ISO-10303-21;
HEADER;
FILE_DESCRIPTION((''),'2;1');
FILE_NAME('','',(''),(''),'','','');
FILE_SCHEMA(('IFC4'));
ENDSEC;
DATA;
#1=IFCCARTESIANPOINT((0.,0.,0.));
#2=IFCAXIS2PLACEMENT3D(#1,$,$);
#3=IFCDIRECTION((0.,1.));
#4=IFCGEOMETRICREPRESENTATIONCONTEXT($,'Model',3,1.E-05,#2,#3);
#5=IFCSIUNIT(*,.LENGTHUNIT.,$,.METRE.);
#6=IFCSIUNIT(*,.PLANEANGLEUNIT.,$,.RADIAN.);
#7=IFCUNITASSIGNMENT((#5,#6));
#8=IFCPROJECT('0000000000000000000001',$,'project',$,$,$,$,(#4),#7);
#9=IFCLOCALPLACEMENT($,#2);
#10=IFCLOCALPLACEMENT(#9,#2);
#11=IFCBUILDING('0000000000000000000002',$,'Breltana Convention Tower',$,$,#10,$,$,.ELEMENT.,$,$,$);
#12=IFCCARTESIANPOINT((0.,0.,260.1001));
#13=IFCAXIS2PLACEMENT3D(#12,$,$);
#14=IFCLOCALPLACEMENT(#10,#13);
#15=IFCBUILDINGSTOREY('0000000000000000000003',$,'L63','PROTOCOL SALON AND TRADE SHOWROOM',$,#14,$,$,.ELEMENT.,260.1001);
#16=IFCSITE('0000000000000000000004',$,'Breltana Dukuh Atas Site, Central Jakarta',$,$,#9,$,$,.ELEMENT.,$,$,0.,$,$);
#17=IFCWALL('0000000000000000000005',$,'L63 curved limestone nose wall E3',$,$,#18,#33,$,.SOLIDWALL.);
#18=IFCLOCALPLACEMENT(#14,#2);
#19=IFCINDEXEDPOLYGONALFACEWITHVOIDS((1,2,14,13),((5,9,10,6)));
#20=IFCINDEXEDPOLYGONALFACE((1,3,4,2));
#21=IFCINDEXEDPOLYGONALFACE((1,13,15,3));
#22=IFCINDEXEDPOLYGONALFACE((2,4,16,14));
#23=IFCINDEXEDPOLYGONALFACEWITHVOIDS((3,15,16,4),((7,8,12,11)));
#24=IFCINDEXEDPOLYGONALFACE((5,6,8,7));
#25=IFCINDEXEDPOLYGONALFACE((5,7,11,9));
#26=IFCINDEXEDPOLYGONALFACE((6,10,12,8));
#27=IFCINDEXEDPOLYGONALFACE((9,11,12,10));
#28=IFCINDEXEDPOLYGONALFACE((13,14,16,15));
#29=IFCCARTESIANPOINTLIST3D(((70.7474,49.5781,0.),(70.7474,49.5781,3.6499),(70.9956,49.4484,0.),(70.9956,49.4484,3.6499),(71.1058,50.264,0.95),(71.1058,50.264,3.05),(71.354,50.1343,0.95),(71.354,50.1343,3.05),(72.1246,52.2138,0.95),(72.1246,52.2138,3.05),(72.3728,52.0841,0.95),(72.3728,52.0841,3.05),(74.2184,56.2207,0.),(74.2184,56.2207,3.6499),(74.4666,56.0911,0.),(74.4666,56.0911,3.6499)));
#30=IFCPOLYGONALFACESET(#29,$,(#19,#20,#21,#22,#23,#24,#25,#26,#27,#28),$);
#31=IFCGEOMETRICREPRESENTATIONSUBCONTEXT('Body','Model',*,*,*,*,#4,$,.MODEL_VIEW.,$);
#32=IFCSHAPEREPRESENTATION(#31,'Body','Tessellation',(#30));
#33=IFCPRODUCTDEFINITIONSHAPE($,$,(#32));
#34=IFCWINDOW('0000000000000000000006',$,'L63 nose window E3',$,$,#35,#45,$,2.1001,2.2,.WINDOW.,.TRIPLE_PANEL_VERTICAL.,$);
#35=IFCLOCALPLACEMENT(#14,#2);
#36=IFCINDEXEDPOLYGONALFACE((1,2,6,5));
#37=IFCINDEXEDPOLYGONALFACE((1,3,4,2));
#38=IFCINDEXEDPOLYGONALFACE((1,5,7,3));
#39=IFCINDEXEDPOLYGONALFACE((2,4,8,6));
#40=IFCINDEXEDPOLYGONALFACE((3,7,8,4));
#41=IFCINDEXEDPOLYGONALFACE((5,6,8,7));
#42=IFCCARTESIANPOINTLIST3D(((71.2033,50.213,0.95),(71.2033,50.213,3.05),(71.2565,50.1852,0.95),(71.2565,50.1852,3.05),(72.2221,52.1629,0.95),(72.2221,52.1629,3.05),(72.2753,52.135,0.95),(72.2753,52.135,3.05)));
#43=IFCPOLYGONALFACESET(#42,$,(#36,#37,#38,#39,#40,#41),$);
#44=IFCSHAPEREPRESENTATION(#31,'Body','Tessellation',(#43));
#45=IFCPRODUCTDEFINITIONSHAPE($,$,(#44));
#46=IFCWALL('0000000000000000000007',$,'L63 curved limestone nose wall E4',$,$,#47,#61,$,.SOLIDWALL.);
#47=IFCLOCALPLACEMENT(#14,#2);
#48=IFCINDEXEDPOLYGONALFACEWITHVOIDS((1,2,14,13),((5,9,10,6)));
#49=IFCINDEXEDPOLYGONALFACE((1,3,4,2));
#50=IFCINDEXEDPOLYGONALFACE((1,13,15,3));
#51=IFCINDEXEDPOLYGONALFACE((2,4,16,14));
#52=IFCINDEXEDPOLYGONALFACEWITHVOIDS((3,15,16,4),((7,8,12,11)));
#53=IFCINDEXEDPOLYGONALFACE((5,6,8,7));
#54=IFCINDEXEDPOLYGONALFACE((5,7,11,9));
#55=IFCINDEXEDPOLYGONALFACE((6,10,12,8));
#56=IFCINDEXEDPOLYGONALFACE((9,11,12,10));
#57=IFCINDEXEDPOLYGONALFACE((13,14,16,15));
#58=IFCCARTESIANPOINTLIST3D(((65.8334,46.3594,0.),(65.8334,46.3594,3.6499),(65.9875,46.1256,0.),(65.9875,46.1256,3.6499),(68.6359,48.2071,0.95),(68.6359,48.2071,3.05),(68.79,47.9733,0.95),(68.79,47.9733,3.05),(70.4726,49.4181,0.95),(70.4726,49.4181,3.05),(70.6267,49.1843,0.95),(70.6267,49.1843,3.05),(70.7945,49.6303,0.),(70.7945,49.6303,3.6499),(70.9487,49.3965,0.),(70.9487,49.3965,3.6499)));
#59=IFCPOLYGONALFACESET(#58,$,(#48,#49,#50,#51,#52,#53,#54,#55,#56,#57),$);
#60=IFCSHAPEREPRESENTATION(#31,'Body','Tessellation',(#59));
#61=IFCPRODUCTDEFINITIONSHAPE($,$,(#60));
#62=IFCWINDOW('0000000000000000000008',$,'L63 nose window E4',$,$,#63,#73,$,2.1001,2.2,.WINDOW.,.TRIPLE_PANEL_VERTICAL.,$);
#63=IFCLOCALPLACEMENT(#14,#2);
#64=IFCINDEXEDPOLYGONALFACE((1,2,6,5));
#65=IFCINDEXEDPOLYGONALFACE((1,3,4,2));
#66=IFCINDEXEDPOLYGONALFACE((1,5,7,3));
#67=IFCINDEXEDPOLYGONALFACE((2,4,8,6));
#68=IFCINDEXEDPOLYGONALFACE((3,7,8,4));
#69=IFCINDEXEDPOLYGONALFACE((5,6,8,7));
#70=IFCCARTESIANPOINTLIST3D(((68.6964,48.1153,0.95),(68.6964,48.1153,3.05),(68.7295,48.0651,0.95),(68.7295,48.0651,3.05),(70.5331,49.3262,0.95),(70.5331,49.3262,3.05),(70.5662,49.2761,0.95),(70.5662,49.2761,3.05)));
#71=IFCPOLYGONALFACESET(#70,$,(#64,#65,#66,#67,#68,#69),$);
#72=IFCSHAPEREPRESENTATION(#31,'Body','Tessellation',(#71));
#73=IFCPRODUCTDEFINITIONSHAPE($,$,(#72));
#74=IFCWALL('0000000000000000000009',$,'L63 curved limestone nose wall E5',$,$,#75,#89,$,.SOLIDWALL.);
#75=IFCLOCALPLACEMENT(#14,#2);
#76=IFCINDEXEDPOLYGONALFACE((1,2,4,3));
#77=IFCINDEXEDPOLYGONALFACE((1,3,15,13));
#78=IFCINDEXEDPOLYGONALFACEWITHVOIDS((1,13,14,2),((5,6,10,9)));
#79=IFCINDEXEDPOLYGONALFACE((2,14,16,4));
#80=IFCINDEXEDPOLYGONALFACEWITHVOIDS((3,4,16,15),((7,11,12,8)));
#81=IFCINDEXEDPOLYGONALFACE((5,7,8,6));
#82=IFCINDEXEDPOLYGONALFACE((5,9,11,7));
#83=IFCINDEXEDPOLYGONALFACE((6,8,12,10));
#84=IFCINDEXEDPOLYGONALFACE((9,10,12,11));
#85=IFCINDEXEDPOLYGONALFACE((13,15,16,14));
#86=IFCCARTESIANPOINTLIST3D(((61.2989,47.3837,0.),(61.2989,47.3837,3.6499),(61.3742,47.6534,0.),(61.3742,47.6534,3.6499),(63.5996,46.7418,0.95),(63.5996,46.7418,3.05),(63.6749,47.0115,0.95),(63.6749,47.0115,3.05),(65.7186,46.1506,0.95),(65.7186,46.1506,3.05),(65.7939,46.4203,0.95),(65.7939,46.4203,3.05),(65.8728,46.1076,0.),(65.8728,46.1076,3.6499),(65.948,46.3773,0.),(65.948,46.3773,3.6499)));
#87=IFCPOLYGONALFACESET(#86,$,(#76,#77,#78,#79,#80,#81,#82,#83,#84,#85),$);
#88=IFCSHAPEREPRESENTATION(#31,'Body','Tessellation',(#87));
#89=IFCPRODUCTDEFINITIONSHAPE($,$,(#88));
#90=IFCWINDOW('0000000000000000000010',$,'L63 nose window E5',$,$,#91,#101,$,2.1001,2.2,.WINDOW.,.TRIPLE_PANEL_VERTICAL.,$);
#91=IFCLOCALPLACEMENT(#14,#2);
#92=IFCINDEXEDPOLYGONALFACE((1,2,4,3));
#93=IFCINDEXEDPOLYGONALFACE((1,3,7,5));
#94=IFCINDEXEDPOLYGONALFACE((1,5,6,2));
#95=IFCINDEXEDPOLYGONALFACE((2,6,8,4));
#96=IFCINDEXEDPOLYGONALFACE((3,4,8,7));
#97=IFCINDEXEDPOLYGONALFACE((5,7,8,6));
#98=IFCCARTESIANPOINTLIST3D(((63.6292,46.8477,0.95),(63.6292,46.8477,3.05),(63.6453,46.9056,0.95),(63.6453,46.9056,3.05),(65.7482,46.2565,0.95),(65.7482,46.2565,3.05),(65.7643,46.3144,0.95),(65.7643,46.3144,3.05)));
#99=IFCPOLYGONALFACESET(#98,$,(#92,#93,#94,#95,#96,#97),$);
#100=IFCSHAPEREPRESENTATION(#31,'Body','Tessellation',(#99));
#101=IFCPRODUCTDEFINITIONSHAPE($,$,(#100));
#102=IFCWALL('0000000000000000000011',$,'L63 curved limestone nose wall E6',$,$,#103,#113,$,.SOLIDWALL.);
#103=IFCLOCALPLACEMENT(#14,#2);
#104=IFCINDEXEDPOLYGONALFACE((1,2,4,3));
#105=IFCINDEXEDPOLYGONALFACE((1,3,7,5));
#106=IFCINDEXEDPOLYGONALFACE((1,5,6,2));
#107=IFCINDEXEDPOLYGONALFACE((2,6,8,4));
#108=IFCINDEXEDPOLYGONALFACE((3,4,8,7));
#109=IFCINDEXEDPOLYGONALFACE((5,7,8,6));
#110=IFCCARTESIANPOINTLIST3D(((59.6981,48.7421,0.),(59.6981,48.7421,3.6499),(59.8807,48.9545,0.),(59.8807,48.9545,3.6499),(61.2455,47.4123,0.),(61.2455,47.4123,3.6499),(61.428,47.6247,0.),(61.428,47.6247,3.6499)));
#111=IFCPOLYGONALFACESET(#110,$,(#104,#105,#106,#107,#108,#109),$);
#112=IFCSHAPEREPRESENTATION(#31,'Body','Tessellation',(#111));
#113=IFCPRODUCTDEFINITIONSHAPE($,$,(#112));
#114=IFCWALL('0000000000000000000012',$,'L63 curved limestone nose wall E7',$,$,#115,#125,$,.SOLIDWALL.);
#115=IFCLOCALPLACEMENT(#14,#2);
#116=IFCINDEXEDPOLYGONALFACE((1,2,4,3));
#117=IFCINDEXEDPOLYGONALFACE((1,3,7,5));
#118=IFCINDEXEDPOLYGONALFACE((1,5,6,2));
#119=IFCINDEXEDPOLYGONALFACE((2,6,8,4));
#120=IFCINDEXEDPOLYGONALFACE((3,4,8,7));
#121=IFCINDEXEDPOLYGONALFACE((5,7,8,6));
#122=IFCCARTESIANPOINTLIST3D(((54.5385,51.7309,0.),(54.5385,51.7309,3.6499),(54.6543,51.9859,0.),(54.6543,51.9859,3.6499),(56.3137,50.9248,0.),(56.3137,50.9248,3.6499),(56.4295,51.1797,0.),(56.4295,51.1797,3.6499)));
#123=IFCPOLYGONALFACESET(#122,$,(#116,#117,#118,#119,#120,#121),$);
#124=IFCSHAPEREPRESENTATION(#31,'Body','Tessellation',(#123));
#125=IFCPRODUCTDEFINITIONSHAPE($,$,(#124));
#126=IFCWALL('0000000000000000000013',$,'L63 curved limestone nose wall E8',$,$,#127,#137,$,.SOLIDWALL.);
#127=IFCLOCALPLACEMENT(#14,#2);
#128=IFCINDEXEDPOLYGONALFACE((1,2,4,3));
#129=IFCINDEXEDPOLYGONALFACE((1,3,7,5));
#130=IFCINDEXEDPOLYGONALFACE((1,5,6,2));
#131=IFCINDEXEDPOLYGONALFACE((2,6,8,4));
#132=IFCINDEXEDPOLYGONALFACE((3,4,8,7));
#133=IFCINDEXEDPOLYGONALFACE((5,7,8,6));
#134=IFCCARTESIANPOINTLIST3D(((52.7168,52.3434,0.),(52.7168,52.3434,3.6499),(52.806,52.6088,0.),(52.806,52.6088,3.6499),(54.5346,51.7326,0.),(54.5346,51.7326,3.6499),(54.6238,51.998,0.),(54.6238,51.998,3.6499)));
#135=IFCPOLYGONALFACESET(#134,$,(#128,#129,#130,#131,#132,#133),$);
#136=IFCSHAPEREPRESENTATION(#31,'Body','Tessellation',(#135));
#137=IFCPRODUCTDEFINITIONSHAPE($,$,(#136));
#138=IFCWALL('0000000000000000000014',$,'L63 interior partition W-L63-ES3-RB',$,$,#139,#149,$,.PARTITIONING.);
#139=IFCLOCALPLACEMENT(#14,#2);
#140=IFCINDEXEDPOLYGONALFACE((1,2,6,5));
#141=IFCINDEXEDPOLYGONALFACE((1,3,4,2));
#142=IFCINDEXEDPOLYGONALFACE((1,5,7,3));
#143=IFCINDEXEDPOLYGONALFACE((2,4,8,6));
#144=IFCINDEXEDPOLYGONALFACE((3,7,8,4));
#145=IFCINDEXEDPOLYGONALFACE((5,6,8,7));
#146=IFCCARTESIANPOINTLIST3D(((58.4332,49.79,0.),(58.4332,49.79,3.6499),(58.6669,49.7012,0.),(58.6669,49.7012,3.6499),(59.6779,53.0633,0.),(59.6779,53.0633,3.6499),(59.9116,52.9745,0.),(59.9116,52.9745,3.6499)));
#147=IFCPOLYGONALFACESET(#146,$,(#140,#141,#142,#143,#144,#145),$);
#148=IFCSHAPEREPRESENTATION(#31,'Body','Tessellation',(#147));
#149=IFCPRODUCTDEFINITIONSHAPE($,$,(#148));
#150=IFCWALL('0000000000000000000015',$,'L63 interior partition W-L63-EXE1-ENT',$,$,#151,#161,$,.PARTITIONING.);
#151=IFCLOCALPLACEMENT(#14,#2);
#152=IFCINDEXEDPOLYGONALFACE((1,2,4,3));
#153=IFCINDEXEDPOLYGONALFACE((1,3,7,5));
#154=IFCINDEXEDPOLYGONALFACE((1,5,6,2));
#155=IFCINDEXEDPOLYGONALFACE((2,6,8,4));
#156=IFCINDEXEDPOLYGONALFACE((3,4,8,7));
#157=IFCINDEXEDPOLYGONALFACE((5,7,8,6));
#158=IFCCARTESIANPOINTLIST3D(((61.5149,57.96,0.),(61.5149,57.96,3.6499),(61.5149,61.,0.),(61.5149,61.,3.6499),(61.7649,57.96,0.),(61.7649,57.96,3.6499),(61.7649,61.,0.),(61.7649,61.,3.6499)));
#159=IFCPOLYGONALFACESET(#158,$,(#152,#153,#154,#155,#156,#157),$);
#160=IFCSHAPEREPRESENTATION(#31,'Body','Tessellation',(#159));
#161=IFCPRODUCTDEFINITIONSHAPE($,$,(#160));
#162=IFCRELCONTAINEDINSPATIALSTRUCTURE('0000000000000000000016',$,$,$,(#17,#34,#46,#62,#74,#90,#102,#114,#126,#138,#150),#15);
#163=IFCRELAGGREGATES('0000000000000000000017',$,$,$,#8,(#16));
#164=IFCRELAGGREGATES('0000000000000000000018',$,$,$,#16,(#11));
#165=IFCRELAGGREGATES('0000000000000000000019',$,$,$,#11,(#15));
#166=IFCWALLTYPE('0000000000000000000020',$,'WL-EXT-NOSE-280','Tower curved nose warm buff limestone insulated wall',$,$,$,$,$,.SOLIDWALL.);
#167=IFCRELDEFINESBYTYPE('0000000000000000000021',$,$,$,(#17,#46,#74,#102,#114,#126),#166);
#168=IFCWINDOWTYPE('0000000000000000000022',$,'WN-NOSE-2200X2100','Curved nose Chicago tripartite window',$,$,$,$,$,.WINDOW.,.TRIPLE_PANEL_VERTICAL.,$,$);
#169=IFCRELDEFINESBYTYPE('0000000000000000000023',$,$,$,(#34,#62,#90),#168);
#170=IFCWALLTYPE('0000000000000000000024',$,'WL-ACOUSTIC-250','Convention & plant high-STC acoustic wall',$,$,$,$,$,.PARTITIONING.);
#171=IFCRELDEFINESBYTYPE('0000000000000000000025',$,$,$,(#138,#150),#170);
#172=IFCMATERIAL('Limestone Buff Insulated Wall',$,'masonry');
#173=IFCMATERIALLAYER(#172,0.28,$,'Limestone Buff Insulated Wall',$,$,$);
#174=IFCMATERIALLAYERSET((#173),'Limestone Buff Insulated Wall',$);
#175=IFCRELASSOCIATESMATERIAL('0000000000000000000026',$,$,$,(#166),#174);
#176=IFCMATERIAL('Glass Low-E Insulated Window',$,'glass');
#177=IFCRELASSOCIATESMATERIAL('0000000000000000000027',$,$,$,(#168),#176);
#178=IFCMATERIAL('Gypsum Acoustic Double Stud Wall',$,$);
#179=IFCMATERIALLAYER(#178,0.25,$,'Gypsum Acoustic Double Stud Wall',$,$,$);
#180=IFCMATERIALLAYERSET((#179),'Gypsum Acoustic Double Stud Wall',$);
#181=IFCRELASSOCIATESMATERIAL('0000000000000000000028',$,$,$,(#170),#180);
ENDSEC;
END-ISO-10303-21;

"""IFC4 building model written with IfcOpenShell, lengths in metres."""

from ifc_helpers import new_model, si_unit, direction, frame, frame_2d, origin, place, context, subcontext, project, spatial, rectangle, extrude, source, transform, mapped, material, layer, layer_set, type_object, type_shapes, element, fill, save


model = new_model("IFC4")

# Units and contexts
model_context = context("Model", 3, precision=1e-05, world=origin(), true_north=direction((0.0, 1.0)))
body_context = subcontext(model_context, "Body", "Model", "MODEL_VIEW")
ifc_project = project(units=[si_unit("LENGTHUNIT", "METRE"), si_unit("PLANEANGLEUNIT", "RADIAN")], contexts=[model_context])

# Site, building, storey
site_placement = place(None, origin())
site = spatial("IfcSite", under=ifc_project, at=site_placement, Name="Breltana Dukuh Atas Site, Central Jakarta", CompositionType="ELEMENT", RefElevation=0.0)
building_placement = place(site_placement, origin())
building = spatial("IfcBuilding", under=site, at=building_placement, Name="Breltana Convention Tower", CompositionType="ELEMENT")
storey_placement = place(building_placement, frame((0.0, 0.0, 260.1001)))
storey = spatial("IfcBuildingStorey", under=building, at=storey_placement, Name="L63", Description="PROTOCOL SALON AND TRADE SHOWROOM", CompositionType="ELEMENT", Elevation=260.1001)

# Walls, openings, windows
ifc_material_1 = material(Name="Limestone Buff Insulated Wall", Category="masonry")
ifc_layer_1 = layer(ifc_material_1, 0.28, Name="Limestone Buff Insulated Wall")
ifc_layer_set_1 = layer_set([ifc_layer_1], Name="Limestone Buff Insulated Wall")
wall_type_1 = type_object("IfcWallType", Name="WL-EXT-NOSE-280", Description="Tower curved nose warm buff limestone insulated wall", PredefinedType="SOLIDWALL", material=ifc_layer_set_1)
shared_shape_1 = source(origin(), body_context, "Body", "SweptSolid", [
    extrude(rectangle(XDim=7.4949, YDim=0.28, at=frame_2d((3.7476, 0.0))), origin(), (0.0, 0.0, 1.0), 3.6499),
])
wall_1_placement = place(storey_placement, frame((74.3425, 56.156, 0.0), z_axis=(0.0, 0.0, 1.0), x_axis=(-0.463117, -0.886297, 0.0)))
wall_1 = element("IfcWall", 1, at=wall_1_placement, inside=storey, type_object=wall_type_1, Name="L63 curved limestone nose wall E3", PredefinedType="SOLIDWALL", context=body_context, shape_type="MappedRepresentation", body=[
    mapped(shared_shape_1, transform((0.0, 0.0, 0.0), scale=1.0)),
])
opening_1_placement = place(wall_1_placement, frame((4.521, 0.0, 0.95)))
opening_1 = element("IfcOpeningElement", 2, at=opening_1_placement, cuts=wall_1, PredefinedType="OPENING", context=body_context, shape_type="SweptSolid", body=[
    extrude(rectangle(XDim=2.2, YDim=2.1001, at=frame_2d((1.1001, 1.05))), frame((0.0, 0.1499, 0.0), z_axis=(0.0, -1.0, 0.0), x_axis=(1.0, 0.0, 0.0)), (0.0, 0.0, 1.0), 0.3),
])
ifc_material_2 = material(Name="Glass Low-E Insulated Window", Category="glass")
window_type = type_object("IfcWindowType", Name="WN-NOSE-2200X2100", Description="Curved nose Chicago tripartite window", PartitioningType="TRIPLE_PANEL_VERTICAL", PredefinedType="WINDOW", material=ifc_material_2)
shared_shape_2 = source(origin(), body_context, "Body", "SweptSolid", [
    extrude(rectangle(XDim=2.2, YDim=2.1001, at=frame_2d((1.1001, 1.05))), frame((0.0, 0.03, 0.0), z_axis=(0.0, -1.0, 0.0), x_axis=(1.0, 0.0, 0.0)), (0.0, 0.0, 1.0), 0.0601),
])
type_shapes(window_type, [shared_shape_2])
window_1_placement = place(opening_1_placement, origin())
window_1 = element("IfcWindow", 3, at=window_1_placement, inside=storey, type_object=window_type, Name="L63 nose window E3", OverallHeight=2.1001, OverallWidth=2.2, PartitioningType="TRIPLE_PANEL_VERTICAL", PredefinedType="WINDOW", context=body_context, shape_type="MappedRepresentation", body=[
    mapped(shared_shape_2, transform((0.0, 0.0, 0.0), scale=1.0)),
])
fill(opening_1, window_1)
shared_shape_3 = source(origin(), body_context, "Body", "SweptSolid", [
    extrude(rectangle(XDim=5.9424, YDim=0.28, at=frame_2d((2.9712, 0.0))), origin(), (0.0, 0.0, 1.0), 3.6499),
])
wall_2_placement = place(storey_placement, frame((70.8716, 49.5134, 0.0), z_axis=(0.0, 0.0, 1.0), x_axis=(-0.834871, -0.550445, 0.0)))
wall_2 = element("IfcWall", 4, at=wall_2_placement, inside=storey, type_object=wall_type_1, Name="L63 curved limestone nose wall E4", PredefinedType="SOLIDWALL", context=body_context, shape_type="MappedRepresentation", body=[
    mapped(shared_shape_3, transform((0.0, 0.0, 0.0), scale=1.0)),
])
opening_2_placement = place(wall_2_placement, frame((0.3855, 0.0, 0.95)))
opening_2 = element("IfcOpeningElement", 5, at=opening_2_placement, cuts=wall_2, PredefinedType="OPENING", context=body_context, shape_type="SweptSolid", body=[
    extrude(rectangle(XDim=2.2, YDim=2.1001, at=frame_2d((1.1001, 1.05))), frame((0.0, 0.1499, 0.0), z_axis=(0.0, -1.0, 0.0), x_axis=(1.0, 0.0, 0.0)), (0.0, 0.0, 1.0), 0.3),
])
window_2_placement = place(opening_2_placement, origin())
window_2 = element("IfcWindow", 6, at=window_2_placement, inside=storey, type_object=window_type, Name="L63 nose window E4", OverallHeight=2.1001, OverallWidth=2.2, PartitioningType="TRIPLE_PANEL_VERTICAL", PredefinedType="WINDOW", context=body_context, shape_type="MappedRepresentation", body=[
    mapped(shared_shape_2, transform((0.0, 0.0, 0.0), scale=1.0)),
])
fill(opening_2, window_2)
shared_shape_4 = source(origin(), body_context, "Body", "SweptSolid", [
    extrude(rectangle(XDim=4.7485, YDim=0.28, at=frame_2d((2.3743, 0.0))), origin(), (0.0, 0.0, 1.0), 3.6499),
])
wall_3_placement = place(storey_placement, frame((65.9104, 46.2424, 0.0), z_axis=(0.0, 0.0, 1.0), x_axis=(-0.963211, 0.268747, 0.0)))
wall_3 = element("IfcWall", 7, at=wall_3_placement, inside=storey, type_object=wall_type_1, Name="L63 curved limestone nose wall E5", PredefinedType="SOLIDWALL", context=body_context, shape_type="MappedRepresentation", body=[
    mapped(shared_shape_4, transform((0.0, 0.0, 0.0), scale=1.0)),
])
opening_3_placement = place(wall_3_placement, frame((0.1599, 0.0, 0.95)))
opening_3 = element("IfcOpeningElement", 8, at=opening_3_placement, cuts=wall_3, PredefinedType="OPENING", context=body_context, shape_type="SweptSolid", body=[
    extrude(rectangle(XDim=2.2, YDim=2.1001, at=frame_2d((1.1001, 1.05))), frame((0.0, 0.1499, 0.0), z_axis=(0.0, -1.0, 0.0), x_axis=(1.0, 0.0, 0.0)), (0.0, 0.0, 1.0), 0.3),
])
window_3_placement = place(opening_3_placement, origin())
window_3 = element("IfcWindow", 9, at=window_3_placement, inside=storey, type_object=window_type, Name="L63 nose window E5", OverallHeight=2.1001, OverallWidth=2.2, PartitioningType="TRIPLE_PANEL_VERTICAL", PredefinedType="WINDOW", context=body_context, shape_type="MappedRepresentation", body=[
    mapped(shared_shape_2, transform((0.0, 0.0, 0.0), scale=1.0)),
])
fill(opening_3, window_3)

# Walls
shared_shape_5 = source(origin(), body_context, "Body", "SweptSolid", [
    extrude(rectangle(XDim=2.0403, YDim=0.28, at=frame_2d((1.02, 0.0))), origin(), (0.0, 0.0, 1.0), 3.6499),
])
wall_4_placement = place(storey_placement, frame((61.3367, 47.5186, 0.0), z_axis=(0.0, 0.0, 1.0), x_axis=(-0.758403, 0.651786, 0.0)))
element("IfcWall", 10, at=wall_4_placement, inside=storey, type_object=wall_type_1, Name="L63 curved limestone nose wall E6", PredefinedType="SOLIDWALL", context=body_context, shape_type="MappedRepresentation", body=[
    mapped(shared_shape_5, transform((0.0, 0.0, 0.0), scale=1.0)),
])
shared_shape_6 = source(origin(), body_context, "Body", "SweptSolid", [
    extrude(rectangle(XDim=1.9497, YDim=0.28, at=frame_2d((0.9749, 0.0))), origin(), (0.0, 0.0, 1.0), 3.6499),
])
wall_5_placement = place(storey_placement, frame((56.3716, 51.0522, 0.0), z_axis=(0.0, 0.0, 1.0), x_axis=(-0.910508, 0.413492, 0.0)))
element("IfcWall", 11, at=wall_5_placement, inside=storey, type_object=wall_type_1, Name="L63 curved limestone nose wall E7", PredefinedType="SOLIDWALL", context=body_context, shape_type="MappedRepresentation", body=[
    mapped(shared_shape_6, transform((0.0, 0.0, 0.0), scale=1.0)),
])
shared_shape_7 = source(origin(), body_context, "Body", "SweptSolid", [
    extrude(rectangle(XDim=1.9177, YDim=0.28, at=frame_2d((0.959, 0.0))), origin(), (0.0, 0.0, 1.0), 3.6499),
])
wall_6_placement = place(storey_placement, frame((54.5793, 51.8652, 0.0), z_axis=(0.0, 0.0, 1.0), x_axis=(-0.947917, 0.318518, 0.0)))
element("IfcWall", 12, at=wall_6_placement, inside=storey, type_object=wall_type_1, Name="L63 curved limestone nose wall E8", PredefinedType="SOLIDWALL", context=body_context, shape_type="MappedRepresentation", body=[
    mapped(shared_shape_7, transform((0.0, 0.0, 0.0), scale=1.0)),
])
ifc_material_3 = material(Name="Gypsum Acoustic Double Stud Wall")
ifc_layer_2 = layer(ifc_material_3, 0.25, Name="Gypsum Acoustic Double Stud Wall")
ifc_layer_set_2 = layer_set([ifc_layer_2], Name="Gypsum Acoustic Double Stud Wall")
wall_type_2 = type_object("IfcWallType", Name="WL-ACOUSTIC-250", Description="Convention & plant high-STC acoustic wall", PredefinedType="PARTITIONING", material=ifc_layer_set_2)
shared_shape_8 = source(origin(), body_context, "Body", "SweptSolid", [
    extrude(rectangle(XDim=3.502, YDim=0.25, at=frame_2d((1.751, 0.0))), origin(), (0.0, 0.0, 1.0), 3.6499),
])
wall_7_placement = place(storey_placement, frame((58.55, 49.7456, 0.0), z_axis=(0.0, 0.0, 1.0), x_axis=(0.355421, 0.934706, 0.0)))
element("IfcWall", 13, at=wall_7_placement, inside=storey, type_object=wall_type_2, Name="L63 interior partition W-L63-ES3-RB", PredefinedType="PARTITIONING", context=body_context, shape_type="MappedRepresentation", body=[
    mapped(shared_shape_8, transform((0.0, 0.0, 0.0), scale=1.0)),
])
shared_shape_9 = source(origin(), body_context, "Body", "SweptSolid", [
    extrude(rectangle(XDim=3.04, YDim=0.25, at=frame_2d((1.52, 0.0))), origin(), (0.0, 0.0, 1.0), 3.6499),
])
wall_8_placement = place(storey_placement, frame((61.6399, 57.96, 0.0), z_axis=(0.0, 0.0, 1.0), x_axis=(0.0, 1.0, 0.0)))
element("IfcWall", 14, at=wall_8_placement, inside=storey, type_object=wall_type_2, Name="L63 interior partition W-L63-EXE1-ENT", PredefinedType="PARTITIONING", context=body_context, shape_type="MappedRepresentation", body=[
    mapped(shared_shape_9, transform((0.0, 0.0, 0.0), scale=1.0)),
])

save(model, "model.ifc")
